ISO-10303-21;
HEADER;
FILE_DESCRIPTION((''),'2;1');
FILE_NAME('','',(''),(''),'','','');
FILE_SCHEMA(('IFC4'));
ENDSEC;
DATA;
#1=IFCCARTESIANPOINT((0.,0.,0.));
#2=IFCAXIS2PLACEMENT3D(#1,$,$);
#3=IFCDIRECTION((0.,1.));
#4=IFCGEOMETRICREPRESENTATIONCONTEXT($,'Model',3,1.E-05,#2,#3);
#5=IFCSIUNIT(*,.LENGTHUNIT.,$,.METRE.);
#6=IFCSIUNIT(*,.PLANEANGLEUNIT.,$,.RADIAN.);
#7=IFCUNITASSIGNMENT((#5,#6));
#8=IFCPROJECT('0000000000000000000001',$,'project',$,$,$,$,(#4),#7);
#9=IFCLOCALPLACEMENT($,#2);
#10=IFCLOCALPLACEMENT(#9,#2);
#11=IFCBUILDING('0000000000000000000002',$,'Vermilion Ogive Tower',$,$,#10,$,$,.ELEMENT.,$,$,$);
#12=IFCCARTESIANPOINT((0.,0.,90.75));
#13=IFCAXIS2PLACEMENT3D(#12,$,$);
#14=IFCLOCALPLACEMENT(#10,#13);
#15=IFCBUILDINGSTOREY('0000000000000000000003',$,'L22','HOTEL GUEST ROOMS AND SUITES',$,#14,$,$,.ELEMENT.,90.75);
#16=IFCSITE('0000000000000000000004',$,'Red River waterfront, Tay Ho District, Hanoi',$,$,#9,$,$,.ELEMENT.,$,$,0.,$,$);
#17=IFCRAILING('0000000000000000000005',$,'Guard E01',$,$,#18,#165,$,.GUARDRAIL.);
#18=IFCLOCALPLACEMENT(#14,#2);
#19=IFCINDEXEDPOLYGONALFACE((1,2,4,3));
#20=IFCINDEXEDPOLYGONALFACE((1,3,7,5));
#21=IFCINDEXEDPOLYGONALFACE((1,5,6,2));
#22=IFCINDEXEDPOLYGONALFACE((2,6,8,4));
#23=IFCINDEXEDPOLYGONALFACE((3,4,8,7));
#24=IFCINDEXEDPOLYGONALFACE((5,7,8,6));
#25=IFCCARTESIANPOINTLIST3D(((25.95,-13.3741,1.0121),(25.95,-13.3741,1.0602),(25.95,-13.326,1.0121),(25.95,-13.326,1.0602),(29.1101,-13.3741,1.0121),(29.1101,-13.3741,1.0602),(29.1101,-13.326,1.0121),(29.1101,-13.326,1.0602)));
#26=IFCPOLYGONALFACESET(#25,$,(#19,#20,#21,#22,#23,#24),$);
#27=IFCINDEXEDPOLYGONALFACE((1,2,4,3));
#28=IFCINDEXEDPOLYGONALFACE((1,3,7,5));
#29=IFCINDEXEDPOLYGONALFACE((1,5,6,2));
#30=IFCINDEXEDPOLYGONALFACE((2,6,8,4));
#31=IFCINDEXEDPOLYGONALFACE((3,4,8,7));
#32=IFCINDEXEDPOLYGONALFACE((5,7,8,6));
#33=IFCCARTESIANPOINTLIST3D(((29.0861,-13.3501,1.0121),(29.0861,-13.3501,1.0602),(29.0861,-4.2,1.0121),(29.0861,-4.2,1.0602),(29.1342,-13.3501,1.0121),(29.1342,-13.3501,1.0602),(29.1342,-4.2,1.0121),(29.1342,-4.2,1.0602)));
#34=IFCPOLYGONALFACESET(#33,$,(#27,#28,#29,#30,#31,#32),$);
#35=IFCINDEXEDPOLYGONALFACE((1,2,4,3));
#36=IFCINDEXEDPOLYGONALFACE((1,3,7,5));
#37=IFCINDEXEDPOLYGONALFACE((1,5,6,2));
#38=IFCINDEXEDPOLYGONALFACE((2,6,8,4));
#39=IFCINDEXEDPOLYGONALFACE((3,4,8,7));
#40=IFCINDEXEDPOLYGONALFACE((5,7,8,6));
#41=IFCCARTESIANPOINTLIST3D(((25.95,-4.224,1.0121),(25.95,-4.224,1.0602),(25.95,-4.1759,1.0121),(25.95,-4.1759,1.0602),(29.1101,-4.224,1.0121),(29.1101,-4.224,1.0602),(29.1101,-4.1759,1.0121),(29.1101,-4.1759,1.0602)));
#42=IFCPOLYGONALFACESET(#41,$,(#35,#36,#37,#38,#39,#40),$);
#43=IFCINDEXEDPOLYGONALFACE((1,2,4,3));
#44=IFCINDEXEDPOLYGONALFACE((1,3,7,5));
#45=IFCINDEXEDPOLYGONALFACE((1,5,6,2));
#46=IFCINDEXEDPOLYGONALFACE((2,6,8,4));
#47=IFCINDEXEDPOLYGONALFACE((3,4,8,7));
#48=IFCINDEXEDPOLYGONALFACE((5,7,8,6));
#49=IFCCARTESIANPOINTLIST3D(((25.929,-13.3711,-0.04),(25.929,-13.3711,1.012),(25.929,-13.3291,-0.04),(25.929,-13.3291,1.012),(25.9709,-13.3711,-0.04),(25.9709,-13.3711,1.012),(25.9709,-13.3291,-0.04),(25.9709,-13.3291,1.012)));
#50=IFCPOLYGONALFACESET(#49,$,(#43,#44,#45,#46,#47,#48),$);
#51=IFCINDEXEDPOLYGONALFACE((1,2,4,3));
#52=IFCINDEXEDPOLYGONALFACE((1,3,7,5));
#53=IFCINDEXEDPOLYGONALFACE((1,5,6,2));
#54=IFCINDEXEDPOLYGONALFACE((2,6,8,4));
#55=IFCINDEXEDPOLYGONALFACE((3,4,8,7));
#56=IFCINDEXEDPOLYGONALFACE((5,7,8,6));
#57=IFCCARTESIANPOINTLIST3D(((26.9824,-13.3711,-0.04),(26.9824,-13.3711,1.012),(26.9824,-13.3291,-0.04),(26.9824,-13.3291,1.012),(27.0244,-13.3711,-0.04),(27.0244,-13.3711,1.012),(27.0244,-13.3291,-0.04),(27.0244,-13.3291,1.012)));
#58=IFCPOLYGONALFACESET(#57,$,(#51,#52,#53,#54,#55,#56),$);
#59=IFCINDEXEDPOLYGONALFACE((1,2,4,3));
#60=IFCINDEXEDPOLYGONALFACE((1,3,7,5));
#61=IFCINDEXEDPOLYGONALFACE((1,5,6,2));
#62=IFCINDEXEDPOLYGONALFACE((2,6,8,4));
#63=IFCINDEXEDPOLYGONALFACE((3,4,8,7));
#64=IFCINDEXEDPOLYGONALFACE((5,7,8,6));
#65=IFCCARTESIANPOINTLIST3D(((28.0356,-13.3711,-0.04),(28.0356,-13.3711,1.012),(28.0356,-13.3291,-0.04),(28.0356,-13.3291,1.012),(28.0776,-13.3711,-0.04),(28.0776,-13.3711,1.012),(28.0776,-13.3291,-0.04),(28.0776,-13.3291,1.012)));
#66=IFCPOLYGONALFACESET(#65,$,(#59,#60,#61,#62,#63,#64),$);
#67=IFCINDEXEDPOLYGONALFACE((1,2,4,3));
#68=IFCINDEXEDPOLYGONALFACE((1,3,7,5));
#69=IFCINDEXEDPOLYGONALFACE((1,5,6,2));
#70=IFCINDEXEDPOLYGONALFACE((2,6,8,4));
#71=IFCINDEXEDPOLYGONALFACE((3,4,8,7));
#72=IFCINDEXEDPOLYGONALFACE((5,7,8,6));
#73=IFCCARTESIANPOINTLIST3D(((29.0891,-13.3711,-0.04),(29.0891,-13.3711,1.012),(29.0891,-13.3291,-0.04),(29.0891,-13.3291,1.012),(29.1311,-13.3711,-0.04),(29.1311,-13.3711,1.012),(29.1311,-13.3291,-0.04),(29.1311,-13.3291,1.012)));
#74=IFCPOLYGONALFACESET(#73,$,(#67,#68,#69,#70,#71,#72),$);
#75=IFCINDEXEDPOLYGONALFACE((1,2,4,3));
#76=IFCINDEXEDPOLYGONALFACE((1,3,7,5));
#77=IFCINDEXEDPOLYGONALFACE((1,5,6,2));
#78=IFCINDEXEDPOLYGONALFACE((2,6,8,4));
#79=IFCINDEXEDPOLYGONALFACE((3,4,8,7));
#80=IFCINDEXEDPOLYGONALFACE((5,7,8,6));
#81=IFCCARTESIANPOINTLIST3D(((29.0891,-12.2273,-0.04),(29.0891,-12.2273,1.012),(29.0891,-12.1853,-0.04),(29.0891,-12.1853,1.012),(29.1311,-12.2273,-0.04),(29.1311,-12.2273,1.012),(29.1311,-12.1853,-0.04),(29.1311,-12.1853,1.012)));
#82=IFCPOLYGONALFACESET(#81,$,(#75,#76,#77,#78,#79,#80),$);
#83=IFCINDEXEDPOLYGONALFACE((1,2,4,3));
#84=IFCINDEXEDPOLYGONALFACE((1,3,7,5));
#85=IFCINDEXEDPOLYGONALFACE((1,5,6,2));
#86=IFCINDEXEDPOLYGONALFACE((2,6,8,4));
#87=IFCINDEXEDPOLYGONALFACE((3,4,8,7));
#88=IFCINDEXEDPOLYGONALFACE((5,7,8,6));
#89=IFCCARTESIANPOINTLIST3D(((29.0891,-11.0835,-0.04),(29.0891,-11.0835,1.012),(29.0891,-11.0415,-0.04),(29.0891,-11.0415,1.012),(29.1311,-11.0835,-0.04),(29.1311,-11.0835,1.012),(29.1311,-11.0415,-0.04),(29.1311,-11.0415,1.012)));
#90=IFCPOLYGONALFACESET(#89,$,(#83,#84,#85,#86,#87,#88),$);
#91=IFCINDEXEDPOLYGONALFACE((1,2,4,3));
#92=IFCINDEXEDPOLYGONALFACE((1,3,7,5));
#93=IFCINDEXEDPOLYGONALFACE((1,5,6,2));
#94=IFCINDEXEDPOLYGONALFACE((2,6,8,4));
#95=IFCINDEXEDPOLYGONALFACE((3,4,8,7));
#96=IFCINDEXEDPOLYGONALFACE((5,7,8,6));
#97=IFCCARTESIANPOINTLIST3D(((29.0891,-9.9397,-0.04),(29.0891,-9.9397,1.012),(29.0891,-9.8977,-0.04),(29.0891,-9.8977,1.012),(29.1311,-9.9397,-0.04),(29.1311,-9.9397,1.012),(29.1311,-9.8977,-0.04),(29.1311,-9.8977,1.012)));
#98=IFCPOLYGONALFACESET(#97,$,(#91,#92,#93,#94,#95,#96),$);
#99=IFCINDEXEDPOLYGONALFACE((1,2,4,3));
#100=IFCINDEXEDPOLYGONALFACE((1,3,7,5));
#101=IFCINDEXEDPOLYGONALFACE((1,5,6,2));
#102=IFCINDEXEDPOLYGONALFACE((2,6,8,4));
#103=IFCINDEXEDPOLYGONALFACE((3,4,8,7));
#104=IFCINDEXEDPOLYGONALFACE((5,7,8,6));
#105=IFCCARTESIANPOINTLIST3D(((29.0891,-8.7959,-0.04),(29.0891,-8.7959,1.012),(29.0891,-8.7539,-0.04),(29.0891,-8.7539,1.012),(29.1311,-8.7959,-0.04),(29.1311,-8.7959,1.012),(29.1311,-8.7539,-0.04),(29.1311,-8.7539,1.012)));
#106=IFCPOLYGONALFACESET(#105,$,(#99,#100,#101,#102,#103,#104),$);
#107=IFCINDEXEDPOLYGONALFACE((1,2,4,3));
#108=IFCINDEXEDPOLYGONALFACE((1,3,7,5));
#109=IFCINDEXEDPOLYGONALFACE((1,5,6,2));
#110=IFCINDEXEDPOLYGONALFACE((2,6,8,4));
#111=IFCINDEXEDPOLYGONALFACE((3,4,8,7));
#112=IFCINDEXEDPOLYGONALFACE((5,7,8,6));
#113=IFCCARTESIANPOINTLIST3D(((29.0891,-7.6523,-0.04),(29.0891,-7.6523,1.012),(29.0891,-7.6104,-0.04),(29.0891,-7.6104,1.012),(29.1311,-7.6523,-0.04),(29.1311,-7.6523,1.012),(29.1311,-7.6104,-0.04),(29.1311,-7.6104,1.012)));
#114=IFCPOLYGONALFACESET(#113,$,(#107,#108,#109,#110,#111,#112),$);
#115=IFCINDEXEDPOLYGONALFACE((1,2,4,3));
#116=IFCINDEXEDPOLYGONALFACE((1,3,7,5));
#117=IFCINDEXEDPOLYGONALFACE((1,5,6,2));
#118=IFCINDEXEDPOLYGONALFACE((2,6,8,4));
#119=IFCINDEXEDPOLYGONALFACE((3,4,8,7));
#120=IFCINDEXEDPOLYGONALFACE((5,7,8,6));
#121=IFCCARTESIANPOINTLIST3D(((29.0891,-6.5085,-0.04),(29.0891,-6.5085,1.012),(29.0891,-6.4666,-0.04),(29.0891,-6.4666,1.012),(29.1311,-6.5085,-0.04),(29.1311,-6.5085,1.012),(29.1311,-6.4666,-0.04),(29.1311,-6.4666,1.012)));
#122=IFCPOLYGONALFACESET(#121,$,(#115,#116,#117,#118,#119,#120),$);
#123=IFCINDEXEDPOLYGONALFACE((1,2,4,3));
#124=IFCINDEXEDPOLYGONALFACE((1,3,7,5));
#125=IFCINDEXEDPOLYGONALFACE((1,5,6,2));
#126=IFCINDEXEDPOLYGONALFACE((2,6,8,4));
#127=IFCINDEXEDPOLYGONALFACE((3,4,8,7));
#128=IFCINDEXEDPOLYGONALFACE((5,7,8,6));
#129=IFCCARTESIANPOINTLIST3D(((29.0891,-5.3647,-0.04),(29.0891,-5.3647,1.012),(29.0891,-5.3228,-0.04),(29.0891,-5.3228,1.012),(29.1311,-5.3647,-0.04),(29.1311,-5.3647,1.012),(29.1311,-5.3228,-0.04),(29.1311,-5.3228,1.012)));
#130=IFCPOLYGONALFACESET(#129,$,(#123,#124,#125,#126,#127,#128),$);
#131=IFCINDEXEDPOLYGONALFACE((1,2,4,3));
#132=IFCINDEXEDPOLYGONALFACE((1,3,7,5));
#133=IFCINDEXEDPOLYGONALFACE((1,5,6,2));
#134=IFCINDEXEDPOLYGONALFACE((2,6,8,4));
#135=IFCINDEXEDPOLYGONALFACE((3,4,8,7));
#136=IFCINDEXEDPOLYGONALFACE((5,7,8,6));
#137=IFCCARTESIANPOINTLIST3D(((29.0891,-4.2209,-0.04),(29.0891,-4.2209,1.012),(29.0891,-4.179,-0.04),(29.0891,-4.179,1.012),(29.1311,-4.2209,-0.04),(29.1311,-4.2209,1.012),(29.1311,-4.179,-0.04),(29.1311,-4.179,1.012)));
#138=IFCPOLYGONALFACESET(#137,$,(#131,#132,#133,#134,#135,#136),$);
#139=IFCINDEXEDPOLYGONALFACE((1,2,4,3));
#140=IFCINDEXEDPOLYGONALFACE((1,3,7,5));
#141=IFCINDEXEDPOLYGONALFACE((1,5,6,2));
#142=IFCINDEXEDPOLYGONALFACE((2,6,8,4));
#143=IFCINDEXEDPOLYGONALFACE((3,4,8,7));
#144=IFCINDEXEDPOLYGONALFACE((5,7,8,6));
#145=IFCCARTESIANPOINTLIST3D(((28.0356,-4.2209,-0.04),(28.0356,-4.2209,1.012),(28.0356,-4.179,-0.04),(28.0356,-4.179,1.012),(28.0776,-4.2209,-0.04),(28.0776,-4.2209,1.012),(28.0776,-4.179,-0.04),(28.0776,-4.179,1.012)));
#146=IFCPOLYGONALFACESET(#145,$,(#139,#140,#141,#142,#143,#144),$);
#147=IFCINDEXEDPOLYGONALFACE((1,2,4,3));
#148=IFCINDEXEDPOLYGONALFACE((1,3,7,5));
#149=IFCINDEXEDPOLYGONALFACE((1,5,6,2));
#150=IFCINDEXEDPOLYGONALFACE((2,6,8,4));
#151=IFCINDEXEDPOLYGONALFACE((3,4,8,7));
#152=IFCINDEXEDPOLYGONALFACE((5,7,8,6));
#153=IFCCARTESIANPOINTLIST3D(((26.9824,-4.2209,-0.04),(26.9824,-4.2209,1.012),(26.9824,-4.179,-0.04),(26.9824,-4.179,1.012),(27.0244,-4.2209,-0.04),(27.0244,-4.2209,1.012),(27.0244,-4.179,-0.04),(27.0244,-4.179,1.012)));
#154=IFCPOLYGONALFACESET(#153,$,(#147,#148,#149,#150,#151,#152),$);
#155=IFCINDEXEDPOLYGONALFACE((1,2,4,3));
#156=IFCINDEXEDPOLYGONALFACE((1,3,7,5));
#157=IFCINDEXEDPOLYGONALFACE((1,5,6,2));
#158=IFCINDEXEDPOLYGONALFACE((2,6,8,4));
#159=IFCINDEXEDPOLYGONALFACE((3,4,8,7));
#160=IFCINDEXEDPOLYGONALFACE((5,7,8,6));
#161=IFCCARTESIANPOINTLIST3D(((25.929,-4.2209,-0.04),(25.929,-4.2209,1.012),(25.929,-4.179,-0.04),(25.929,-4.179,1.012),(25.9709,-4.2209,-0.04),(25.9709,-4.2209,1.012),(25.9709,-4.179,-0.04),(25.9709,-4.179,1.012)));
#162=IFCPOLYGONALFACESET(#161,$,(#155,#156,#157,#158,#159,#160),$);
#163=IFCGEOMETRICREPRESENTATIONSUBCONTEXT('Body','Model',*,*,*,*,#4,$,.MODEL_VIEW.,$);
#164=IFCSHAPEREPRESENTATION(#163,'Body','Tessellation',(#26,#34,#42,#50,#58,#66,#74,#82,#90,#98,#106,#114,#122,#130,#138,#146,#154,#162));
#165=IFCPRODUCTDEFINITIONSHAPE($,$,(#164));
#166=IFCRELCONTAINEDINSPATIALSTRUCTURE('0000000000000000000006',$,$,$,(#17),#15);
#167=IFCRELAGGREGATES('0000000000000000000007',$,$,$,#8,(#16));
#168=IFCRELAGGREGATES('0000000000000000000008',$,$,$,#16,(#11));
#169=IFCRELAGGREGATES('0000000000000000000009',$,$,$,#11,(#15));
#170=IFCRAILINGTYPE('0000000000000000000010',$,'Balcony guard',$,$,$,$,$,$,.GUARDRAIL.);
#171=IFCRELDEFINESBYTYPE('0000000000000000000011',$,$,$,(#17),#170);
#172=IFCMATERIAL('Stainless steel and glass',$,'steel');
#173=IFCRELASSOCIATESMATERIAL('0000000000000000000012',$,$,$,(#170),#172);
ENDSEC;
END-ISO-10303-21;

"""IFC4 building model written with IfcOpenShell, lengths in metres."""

from ifc_helpers import new_model, si_unit, direction, frame, origin, origin_2d, place, context, subcontext, project, spatial, rectangle, extrude, material, type_object, element, save


model = new_model("IFC4")

# Units and contexts
model_context = context("Model", 3, precision=1e-05, world=origin(), true_north=direction((0.0, 1.0)))
body_context = subcontext(model_context, "Body", "Model", "MODEL_VIEW")
ifc_project = project(units=[si_unit("LENGTHUNIT", "METRE"), si_unit("PLANEANGLEUNIT", "RADIAN")], contexts=[model_context])

# Site, building, storey
site_placement = place(None, origin())
site = spatial("IfcSite", under=ifc_project, at=site_placement, Name="Red River waterfront, Tay Ho District, Hanoi", CompositionType="ELEMENT", RefElevation=0.0)
building_placement = place(site_placement, origin())
building = spatial("IfcBuilding", under=site, at=building_placement, Name="Vermilion Ogive Tower", CompositionType="ELEMENT")
storey_placement = place(building_placement, frame((0.0, 0.0, 90.75)))
storey = spatial("IfcBuildingStorey", under=building, at=storey_placement, Name="L22", Description="HOTEL GUEST ROOMS AND SUITES", CompositionType="ELEMENT", Elevation=90.75)

# Railing
ifc_material_1 = material(Name="Stainless steel and glass", Category="steel")
railing_type_1 = type_object("IfcRailingType", Name="Balcony guard", PredefinedType="GUARDRAIL", material=ifc_material_1)
railing_1_placement = place(storey_placement, frame((25.95, -13.3501, -0.04)))
element("IfcRailing", 1, at=railing_1_placement, inside=storey, type_object=railing_type_1, Name="Guard E01", PredefinedType="GUARDRAIL", context=body_context, shape_type="SweptSolid", body=[
    extrude(rectangle(XDim=0.0481, YDim=0.0481, at=origin_2d()), frame((0.0, 0.0, 1.0762), z_axis=(1.0, 0.0, 0.0), x_axis=(0.0, 1.0, 0.0)), (0.0, 0.0, 1.0), 3.1602),
    extrude(rectangle(XDim=0.0481, YDim=0.0481, at=origin_2d()), frame((3.1602, 0.0, 1.0762), z_axis=(0.0, 1.0, 0.0), x_axis=(-1.0, 0.0, 0.0)), (0.0, 0.0, 1.0), 9.1501),
    extrude(rectangle(XDim=0.0481, YDim=0.0481, at=origin_2d()), frame((3.1602, 9.1501, 1.0762), z_axis=(-1.0, 0.0, 0.0), x_axis=(0.0, -1.0, 0.0)), (0.0, 0.0, 1.0), 3.1602),
    extrude(rectangle(XDim=0.042, YDim=0.042, at=origin_2d()), origin(), (0.0, 0.0, 1.0), 1.052),
    extrude(rectangle(XDim=0.042, YDim=0.042, at=origin_2d()), frame((1.0535, 0.0, 0.0)), (0.0, 0.0, 1.0), 1.052),
    extrude(rectangle(XDim=0.042, YDim=0.042, at=origin_2d()), frame((2.1067, 0.0, 0.0)), (0.0, 0.0, 1.0), 1.052),
    extrude(rectangle(XDim=0.042, YDim=0.042, at=origin_2d()), frame((3.1602, 0.0, 0.0)), (0.0, 0.0, 1.0), 1.052),
    extrude(rectangle(XDim=0.042, YDim=0.042, at=origin_2d()), frame((3.1602, 1.1438, 0.0)), (0.0, 0.0, 1.0), 1.052),
    extrude(rectangle(XDim=0.042, YDim=0.042, at=origin_2d()), frame((3.1602, 2.2876, 0.0)), (0.0, 0.0, 1.0), 1.052),
    extrude(rectangle(XDim=0.042, YDim=0.042, at=origin_2d()), frame((3.1602, 3.4314, 0.0)), (0.0, 0.0, 1.0), 1.052),
    extrude(rectangle(XDim=0.042, YDim=0.042, at=origin_2d()), frame((3.1602, 4.5752, 0.0)), (0.0, 0.0, 1.0), 1.052),
    extrude(rectangle(XDim=0.042, YDim=0.042, at=origin_2d()), frame((3.1602, 5.7188, 0.0)), (0.0, 0.0, 1.0), 1.052),
    extrude(rectangle(XDim=0.042, YDim=0.042, at=origin_2d()), frame((3.1602, 6.8625, 0.0)), (0.0, 0.0, 1.0), 1.052),
    extrude(rectangle(XDim=0.042, YDim=0.042, at=origin_2d()), frame((3.1602, 8.0063, 0.0)), (0.0, 0.0, 1.0), 1.052),
    extrude(rectangle(XDim=0.042, YDim=0.042, at=origin_2d()), frame((3.1602, 9.1501, 0.0)), (0.0, 0.0, 1.0), 1.052),
    extrude(rectangle(XDim=0.042, YDim=0.042, at=origin_2d()), frame((2.1067, 9.1501, 0.0)), (0.0, 0.0, 1.0), 1.052),
    extrude(rectangle(XDim=0.042, YDim=0.042, at=origin_2d()), frame((1.0535, 9.1501, 0.0)), (0.0, 0.0, 1.0), 1.052),
    extrude(rectangle(XDim=0.042, YDim=0.042, at=origin_2d()), frame((0.0, 9.1501, 0.0)), (0.0, 0.0, 1.0), 1.052),
])

save(model, "model.ifc")
